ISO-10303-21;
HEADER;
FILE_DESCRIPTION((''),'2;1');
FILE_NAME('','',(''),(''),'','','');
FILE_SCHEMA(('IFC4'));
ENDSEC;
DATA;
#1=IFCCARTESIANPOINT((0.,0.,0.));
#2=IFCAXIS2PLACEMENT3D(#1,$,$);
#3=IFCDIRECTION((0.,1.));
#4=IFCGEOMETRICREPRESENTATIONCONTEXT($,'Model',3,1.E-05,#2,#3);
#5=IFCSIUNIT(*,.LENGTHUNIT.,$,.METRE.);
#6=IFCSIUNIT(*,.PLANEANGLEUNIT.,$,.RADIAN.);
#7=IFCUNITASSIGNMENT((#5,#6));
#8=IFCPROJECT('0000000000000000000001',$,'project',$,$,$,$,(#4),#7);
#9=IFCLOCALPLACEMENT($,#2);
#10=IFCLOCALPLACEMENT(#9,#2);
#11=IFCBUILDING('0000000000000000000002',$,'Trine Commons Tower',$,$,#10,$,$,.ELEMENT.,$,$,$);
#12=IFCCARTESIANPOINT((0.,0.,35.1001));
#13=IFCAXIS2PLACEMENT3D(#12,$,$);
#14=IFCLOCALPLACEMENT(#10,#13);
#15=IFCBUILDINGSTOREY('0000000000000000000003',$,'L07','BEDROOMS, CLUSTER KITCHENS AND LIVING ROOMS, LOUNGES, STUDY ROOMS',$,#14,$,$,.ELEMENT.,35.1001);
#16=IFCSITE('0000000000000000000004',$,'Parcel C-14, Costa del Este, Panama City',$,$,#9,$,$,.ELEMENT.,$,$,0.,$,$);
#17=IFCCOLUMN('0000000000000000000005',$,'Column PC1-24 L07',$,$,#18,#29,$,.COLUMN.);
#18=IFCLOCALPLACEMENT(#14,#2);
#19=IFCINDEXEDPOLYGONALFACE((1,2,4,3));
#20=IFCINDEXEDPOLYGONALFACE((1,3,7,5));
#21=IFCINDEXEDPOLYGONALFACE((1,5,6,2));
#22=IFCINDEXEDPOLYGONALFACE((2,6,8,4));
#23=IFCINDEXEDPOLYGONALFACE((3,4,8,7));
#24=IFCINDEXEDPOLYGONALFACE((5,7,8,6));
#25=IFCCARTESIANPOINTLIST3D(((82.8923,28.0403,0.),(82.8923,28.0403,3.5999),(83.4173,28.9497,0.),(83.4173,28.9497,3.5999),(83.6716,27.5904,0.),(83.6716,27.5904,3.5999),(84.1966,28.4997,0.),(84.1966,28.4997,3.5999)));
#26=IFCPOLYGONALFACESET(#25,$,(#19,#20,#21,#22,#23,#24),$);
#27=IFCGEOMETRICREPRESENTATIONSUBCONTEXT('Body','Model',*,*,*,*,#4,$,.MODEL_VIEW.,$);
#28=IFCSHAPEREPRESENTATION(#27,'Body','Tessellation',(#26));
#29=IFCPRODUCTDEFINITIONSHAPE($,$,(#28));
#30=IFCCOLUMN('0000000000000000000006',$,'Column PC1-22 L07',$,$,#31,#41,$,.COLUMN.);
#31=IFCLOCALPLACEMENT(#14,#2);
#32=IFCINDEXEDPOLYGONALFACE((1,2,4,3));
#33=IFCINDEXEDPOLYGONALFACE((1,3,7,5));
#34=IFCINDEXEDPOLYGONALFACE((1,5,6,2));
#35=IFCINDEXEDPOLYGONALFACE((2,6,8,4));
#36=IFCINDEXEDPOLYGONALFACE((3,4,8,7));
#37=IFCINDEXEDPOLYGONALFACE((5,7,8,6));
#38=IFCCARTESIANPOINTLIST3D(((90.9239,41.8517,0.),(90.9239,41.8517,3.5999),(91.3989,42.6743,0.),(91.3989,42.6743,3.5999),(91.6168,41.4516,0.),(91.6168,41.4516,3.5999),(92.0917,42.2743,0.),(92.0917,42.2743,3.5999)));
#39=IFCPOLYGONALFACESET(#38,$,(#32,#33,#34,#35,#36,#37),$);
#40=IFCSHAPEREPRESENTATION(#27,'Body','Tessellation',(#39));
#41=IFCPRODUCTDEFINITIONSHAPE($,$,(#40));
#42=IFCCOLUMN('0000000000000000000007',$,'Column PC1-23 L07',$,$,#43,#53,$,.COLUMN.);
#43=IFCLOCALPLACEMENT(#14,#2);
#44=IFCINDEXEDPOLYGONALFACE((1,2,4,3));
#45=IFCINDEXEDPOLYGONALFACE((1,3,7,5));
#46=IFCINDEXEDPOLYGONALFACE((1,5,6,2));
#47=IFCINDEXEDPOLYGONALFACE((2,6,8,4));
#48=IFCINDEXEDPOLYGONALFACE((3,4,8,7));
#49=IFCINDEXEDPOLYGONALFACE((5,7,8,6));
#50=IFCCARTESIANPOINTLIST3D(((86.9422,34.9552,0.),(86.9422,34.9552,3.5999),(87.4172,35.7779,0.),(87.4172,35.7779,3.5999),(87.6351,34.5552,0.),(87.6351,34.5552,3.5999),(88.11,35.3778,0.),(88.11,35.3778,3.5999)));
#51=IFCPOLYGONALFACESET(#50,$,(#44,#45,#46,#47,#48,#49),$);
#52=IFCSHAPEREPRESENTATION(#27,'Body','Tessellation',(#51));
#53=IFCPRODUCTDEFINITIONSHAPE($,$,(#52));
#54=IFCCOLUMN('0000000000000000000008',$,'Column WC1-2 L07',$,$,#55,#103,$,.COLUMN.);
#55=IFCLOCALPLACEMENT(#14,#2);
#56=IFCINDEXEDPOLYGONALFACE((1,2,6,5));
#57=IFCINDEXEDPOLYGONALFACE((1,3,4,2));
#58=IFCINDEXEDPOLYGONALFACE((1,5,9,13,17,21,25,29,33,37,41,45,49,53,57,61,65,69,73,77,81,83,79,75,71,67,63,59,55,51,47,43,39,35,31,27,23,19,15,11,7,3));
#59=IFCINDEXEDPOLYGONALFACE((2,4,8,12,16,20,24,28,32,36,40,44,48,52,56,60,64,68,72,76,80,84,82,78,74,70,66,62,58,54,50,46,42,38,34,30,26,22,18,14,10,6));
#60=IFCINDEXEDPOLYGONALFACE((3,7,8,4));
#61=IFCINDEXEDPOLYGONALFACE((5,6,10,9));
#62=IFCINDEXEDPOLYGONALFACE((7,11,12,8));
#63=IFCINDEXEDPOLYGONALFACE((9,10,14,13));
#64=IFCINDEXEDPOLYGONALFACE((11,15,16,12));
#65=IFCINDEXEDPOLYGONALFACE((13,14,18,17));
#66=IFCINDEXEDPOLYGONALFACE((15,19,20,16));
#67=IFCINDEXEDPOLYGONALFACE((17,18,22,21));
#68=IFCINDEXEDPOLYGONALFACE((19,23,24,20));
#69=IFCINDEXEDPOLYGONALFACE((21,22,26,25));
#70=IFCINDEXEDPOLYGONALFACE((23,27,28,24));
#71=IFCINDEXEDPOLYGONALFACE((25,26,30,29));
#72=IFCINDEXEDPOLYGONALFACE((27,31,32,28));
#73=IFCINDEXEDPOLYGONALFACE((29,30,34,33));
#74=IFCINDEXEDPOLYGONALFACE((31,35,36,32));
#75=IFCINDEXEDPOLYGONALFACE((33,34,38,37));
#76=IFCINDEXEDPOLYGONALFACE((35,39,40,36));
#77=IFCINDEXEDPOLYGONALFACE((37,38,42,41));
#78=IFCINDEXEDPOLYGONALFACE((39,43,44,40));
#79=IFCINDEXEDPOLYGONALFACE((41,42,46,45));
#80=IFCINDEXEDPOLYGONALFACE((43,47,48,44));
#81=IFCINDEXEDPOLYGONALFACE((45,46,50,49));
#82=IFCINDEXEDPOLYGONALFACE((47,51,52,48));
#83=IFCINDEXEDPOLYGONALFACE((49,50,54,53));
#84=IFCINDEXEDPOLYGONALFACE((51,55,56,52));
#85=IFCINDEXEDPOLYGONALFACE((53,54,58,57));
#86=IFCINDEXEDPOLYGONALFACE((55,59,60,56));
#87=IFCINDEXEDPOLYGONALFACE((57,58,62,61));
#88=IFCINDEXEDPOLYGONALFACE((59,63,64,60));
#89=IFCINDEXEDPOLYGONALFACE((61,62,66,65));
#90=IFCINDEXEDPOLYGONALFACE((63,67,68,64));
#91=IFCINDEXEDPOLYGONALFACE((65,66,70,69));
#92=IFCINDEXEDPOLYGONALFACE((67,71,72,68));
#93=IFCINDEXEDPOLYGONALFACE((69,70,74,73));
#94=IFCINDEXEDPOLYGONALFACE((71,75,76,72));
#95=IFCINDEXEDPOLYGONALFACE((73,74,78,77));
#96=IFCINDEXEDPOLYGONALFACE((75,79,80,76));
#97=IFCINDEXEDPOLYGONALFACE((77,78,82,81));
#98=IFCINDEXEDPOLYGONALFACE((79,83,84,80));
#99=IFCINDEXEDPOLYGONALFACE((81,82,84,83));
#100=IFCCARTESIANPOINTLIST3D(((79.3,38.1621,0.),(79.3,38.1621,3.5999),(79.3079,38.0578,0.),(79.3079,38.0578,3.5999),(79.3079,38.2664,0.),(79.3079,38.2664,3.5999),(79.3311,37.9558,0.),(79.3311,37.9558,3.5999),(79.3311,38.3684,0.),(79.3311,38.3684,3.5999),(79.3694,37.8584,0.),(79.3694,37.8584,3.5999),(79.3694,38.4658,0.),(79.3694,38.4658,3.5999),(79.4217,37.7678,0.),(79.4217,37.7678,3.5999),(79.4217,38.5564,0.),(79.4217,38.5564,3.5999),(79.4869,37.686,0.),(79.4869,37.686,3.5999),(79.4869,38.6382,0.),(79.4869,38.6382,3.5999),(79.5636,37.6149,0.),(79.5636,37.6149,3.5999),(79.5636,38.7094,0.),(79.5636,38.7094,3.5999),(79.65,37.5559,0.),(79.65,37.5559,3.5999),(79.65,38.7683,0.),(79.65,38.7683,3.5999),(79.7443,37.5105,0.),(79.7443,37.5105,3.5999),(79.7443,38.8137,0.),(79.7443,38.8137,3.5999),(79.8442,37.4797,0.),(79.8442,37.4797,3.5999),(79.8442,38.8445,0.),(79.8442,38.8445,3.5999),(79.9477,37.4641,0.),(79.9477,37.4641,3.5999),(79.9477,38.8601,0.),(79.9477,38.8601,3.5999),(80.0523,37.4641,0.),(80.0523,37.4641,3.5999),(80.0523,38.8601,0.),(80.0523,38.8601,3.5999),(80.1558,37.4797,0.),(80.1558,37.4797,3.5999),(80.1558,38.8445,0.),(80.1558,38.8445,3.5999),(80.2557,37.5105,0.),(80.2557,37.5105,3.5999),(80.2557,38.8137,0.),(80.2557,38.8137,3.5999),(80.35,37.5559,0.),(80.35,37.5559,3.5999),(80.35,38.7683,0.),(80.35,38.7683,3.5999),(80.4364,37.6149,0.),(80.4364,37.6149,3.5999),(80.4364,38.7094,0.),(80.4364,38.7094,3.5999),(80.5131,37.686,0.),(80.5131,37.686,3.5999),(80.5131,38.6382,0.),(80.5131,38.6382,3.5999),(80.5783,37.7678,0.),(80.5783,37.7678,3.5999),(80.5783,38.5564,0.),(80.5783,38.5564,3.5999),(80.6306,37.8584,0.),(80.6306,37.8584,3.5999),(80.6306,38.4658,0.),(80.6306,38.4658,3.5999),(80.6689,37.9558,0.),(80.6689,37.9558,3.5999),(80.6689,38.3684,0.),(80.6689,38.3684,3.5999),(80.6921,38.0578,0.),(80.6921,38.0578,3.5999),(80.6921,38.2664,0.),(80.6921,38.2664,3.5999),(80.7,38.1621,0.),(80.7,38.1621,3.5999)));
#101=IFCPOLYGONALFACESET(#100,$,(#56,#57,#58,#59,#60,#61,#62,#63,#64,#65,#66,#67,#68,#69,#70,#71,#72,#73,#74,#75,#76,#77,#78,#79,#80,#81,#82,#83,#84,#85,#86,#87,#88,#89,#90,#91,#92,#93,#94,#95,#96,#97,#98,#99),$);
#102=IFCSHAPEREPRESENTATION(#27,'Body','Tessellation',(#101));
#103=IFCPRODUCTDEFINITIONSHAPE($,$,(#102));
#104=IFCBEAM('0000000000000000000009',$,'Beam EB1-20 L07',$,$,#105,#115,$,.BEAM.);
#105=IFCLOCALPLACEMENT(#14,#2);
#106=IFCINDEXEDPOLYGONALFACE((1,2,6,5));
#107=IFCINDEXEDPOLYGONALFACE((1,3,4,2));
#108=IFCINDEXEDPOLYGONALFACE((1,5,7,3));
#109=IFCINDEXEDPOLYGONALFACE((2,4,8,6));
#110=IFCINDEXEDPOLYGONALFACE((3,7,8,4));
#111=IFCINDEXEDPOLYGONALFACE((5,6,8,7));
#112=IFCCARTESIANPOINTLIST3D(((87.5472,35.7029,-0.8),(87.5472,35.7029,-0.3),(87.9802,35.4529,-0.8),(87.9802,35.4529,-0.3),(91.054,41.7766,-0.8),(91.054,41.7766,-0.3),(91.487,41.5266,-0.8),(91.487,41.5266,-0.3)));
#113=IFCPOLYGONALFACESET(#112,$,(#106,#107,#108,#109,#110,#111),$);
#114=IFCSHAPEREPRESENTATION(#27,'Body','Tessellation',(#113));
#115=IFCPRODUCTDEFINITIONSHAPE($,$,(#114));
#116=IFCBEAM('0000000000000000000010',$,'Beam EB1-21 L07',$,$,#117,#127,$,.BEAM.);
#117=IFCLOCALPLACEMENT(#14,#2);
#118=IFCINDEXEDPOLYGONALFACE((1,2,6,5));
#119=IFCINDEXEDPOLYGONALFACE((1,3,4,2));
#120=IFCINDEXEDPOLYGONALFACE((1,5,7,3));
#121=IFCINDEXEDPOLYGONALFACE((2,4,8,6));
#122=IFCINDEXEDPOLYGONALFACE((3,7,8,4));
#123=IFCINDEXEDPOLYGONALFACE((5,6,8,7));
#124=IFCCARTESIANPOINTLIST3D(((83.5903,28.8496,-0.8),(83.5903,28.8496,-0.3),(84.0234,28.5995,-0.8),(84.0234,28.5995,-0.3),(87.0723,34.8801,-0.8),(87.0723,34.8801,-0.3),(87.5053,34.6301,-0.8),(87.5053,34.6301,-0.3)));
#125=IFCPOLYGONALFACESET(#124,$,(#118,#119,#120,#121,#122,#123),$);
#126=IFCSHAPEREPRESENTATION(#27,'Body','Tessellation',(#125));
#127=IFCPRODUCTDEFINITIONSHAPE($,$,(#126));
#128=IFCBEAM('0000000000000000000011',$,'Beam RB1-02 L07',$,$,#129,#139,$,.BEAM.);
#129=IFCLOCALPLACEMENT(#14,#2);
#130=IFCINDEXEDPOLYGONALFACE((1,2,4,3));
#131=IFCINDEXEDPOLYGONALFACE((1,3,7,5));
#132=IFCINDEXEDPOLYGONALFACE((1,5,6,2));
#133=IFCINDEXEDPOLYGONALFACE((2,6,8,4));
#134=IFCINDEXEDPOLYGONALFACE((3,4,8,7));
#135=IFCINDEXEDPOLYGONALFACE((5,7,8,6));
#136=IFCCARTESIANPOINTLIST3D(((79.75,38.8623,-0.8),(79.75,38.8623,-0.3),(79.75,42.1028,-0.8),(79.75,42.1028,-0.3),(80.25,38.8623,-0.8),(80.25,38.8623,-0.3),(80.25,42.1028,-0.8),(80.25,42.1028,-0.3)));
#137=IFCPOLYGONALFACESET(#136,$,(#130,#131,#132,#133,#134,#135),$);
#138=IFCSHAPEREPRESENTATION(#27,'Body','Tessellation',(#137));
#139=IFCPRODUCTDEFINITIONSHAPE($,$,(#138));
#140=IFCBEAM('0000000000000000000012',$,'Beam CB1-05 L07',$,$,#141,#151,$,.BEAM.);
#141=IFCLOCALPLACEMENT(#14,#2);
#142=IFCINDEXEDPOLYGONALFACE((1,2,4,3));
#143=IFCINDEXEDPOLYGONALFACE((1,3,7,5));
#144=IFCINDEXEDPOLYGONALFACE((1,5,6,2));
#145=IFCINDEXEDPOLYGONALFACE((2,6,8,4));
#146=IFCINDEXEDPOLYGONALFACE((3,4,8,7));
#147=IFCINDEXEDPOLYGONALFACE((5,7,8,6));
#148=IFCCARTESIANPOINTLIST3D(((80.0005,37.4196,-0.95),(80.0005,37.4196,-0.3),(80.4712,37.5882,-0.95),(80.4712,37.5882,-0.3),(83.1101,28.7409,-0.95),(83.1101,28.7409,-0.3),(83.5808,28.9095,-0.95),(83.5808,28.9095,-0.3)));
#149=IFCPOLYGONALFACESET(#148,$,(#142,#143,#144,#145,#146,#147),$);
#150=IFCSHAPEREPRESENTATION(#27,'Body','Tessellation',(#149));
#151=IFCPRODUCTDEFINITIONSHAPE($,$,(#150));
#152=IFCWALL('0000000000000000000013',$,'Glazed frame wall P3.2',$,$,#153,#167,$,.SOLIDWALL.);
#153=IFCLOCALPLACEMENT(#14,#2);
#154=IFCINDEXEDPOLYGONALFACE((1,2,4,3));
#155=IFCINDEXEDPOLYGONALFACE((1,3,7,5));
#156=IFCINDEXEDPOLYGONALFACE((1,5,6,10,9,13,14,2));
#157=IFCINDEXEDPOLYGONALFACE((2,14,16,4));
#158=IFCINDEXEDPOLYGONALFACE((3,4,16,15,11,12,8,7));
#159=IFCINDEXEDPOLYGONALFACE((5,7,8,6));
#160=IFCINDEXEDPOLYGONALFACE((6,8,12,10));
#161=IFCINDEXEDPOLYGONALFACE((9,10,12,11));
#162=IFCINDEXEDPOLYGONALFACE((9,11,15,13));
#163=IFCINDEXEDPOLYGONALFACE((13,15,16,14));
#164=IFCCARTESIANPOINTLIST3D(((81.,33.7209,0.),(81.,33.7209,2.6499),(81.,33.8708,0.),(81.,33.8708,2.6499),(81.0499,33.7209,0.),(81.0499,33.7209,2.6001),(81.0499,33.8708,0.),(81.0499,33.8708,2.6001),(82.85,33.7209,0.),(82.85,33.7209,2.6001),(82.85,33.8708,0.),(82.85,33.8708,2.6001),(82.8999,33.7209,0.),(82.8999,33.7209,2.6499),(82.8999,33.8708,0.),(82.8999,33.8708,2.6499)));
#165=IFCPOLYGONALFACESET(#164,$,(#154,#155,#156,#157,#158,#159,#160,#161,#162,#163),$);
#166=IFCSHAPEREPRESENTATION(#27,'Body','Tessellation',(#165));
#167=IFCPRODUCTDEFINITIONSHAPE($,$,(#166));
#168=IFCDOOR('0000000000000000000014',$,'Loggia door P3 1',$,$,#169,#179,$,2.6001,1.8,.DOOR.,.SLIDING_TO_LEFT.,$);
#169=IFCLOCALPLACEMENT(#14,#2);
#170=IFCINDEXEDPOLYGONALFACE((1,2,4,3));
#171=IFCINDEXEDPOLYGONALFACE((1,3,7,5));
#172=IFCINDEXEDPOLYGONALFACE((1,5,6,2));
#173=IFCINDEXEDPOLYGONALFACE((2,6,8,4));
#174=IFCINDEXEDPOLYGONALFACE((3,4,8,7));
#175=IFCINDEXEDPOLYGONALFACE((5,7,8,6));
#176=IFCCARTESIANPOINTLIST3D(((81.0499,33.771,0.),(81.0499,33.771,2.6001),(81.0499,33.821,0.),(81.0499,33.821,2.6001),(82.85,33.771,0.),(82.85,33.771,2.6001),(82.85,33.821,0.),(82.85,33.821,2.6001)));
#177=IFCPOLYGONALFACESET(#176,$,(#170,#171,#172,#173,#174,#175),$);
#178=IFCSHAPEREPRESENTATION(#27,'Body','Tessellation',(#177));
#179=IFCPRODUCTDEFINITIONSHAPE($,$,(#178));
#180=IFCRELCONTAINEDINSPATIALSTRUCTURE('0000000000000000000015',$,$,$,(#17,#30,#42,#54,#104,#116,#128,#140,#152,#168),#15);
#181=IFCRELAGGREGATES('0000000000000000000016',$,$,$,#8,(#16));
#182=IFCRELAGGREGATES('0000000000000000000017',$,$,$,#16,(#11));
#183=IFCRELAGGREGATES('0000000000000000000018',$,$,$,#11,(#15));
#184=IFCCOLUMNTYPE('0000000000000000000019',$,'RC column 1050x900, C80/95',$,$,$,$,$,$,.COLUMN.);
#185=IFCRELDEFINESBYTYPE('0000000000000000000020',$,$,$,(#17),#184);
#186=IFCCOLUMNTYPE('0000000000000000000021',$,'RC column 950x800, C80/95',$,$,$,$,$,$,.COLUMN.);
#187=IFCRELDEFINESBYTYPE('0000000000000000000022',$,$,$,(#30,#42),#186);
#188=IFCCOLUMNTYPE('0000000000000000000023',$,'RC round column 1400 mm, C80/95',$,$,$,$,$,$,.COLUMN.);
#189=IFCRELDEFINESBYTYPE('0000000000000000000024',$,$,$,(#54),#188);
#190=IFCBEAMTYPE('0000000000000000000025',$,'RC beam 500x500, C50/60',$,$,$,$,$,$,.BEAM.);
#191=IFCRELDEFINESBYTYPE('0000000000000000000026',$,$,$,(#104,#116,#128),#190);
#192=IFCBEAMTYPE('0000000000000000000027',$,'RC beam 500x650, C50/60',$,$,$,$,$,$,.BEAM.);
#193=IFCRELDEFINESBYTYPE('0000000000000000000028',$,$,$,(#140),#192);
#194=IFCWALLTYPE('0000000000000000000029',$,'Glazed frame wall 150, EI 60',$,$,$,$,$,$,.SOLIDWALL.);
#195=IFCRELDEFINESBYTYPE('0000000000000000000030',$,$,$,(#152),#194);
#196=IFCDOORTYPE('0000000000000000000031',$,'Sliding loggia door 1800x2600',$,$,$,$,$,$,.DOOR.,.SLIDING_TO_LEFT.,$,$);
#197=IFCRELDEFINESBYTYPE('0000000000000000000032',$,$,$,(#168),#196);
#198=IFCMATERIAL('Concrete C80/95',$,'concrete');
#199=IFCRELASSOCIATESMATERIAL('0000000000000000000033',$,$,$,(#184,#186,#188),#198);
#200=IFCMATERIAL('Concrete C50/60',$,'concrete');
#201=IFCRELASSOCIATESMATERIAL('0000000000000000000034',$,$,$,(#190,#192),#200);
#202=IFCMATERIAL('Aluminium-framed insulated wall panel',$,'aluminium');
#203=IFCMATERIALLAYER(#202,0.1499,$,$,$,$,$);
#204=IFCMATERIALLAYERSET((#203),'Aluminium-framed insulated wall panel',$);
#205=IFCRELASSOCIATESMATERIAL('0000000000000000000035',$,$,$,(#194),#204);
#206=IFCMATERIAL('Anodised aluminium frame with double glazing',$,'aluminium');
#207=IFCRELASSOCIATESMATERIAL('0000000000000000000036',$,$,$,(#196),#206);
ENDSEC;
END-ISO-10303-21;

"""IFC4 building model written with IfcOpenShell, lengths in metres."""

from ifc_helpers import new_model, si_unit, direction, frame, frame_2d, origin, origin_2d, place, context, subcontext, project, spatial, polyline, rectangle, circle, outline, extrude, material, layer, layer_set, material_profile, profile_set, type_object, element, fill, save


model = new_model("IFC4")

# Units and contexts
model_context = context("Model", 3, precision=1e-05, world=origin(), true_north=direction((0.0, 1.0)))
body_context = subcontext(model_context, "Body", "Model", "MODEL_VIEW")
ifc_project = project(units=[si_unit("LENGTHUNIT", "METRE"), si_unit("PLANEANGLEUNIT", "RADIAN")], contexts=[model_context])

# Site, building, storey
site_placement = place(None, origin())
site = spatial("IfcSite", under=ifc_project, at=site_placement, Name="Parcel C-14, Costa del Este, Panama City", CompositionType="ELEMENT", RefElevation=0.0)
building_placement = place(site_placement, origin())
building = spatial("IfcBuilding", under=site, at=building_placement, Name="Trine Commons Tower", CompositionType="ELEMENT")
storey_placement = place(building_placement, frame((0.0, 0.0, 35.1001)))
storey = spatial("IfcBuildingStorey", under=building, at=storey_placement, Name="L07", Description="BEDROOMS, CLUSTER KITCHENS AND LIVING ROOMS, LOUNGES, STUDY ROOMS", CompositionType="ELEMENT", Elevation=35.1001)

# Columns
ifc_material_1 = material(Name="Concrete C80/95", Category="concrete")
ifc_material_profile_1 = material_profile(ifc_material_1, rectangle(XDim=1.05, YDim=0.8999, at=origin_2d()), Name="RC 1050x900")
ifc_profile_set_1 = profile_set([ifc_material_profile_1], Name="Concrete C80/95")
column_type_1 = type_object("IfcColumnType", Name="RC column 1050x900, C80/95", PredefinedType="COLUMN", material=ifc_profile_set_1)
column_1_placement = place(storey_placement, frame((83.5444, 28.27, 0.0), z_axis=(0.0, 0.0, 1.0), x_axis=(0.5, 0.866025, 0.0)))
element("IfcColumn", 1, at=column_1_placement, inside=storey, type_object=column_type_1, Name="Column PC1-24 L07", PredefinedType="COLUMN", context=body_context, shape_type="SweptSolid", body=[
    extrude(rectangle(XDim=1.05, YDim=0.8999, at=origin_2d()), origin(), (0.0, 0.0, 1.0), 3.5999),
])
ifc_material_profile_2 = material_profile(ifc_material_1, rectangle(XDim=0.95, YDim=0.8, at=origin_2d()), Name="RC 950x800")
ifc_profile_set_2 = profile_set([ifc_material_profile_2], Name="Concrete C80/95")
column_type_2 = type_object("IfcColumnType", Name="RC column 950x800, C80/95", PredefinedType="COLUMN", material=ifc_profile_set_2)
for number, where, z_axis, x_axis, name in (
    (2, (91.5078, 42.063, 0.0), (0.0, 0.0, 1.0), (0.5, 0.866025, 0.0), "Column PC1-22 L07"),
    (3, (87.5261, 35.1665, 0.0), (0.0, 0.0, 1.0), (0.5, 0.866025, 0.0), "Column PC1-23 L07"),
):
    element("IfcColumn", number, at=place(storey_placement, frame(where, z_axis=z_axis, x_axis=x_axis)), inside=storey, type_object=column_type_2, Name=name, PredefinedType="COLUMN", context=body_context, shape_type="SweptSolid", body=[
        extrude(rectangle(XDim=0.95, YDim=0.8, at=origin_2d()), origin(), (0.0, 0.0, 1.0), 3.5999),
    ])
ifc_material_profile_3 = material_profile(ifc_material_1, circle(Radius=0.7, at=origin_2d()), Name="RC round 1400")
ifc_profile_set_3 = profile_set([ifc_material_profile_3], Name="Concrete C80/95")
column_type_3 = type_object("IfcColumnType", Name="RC round column 1400 mm, C80/95", PredefinedType="COLUMN", material=ifc_profile_set_3)
column_2_placement = place(storey_placement, frame((80.0, 38.1621, 0.0), z_axis=(0.0, 0.0, 1.0), x_axis=(1.0, 0.0, 0.0)))
element("IfcColumn", 4, at=column_2_placement, inside=storey, type_object=column_type_3, Name="Column WC1-2 L07", PredefinedType="COLUMN", context=body_context, shape_type="SweptSolid", body=[
    extrude(circle(Radius=0.7, at=origin_2d()), origin(), (0.0, 0.0, 1.0), 3.5999),
])

# Beams
ifc_material_2 = material(Name="Concrete C50/60", Category="concrete")
ifc_material_profile_4 = material_profile(ifc_material_2, rectangle(XDim=0.5, YDim=0.5, at=origin_2d()), Name="RC 500x500")
ifc_profile_set_4 = profile_set([ifc_material_profile_4], Name="Concrete C50/60")
beam_type_1 = type_object("IfcBeamType", Name="RC beam 500x500, C50/60", PredefinedType="BEAM", material=ifc_profile_set_4)
beam_1_placement = place(storey_placement, frame((91.2705, 41.6516, -0.55), z_axis=(-0.500018, -0.866015, 0.0), x_axis=(0.866015, -0.500018, 0.0)))
element("IfcBeam", 5, at=beam_1_placement, inside=storey, type_object=beam_type_1, Name="Beam EB1-20 L07", PredefinedType="BEAM", context=body_context, shape_type="SweptSolid", body=[
    extrude(rectangle(XDim=0.5, YDim=0.5, at=origin_2d()), origin(), (0.0, 0.0, 1.0), 7.0134),
])
beam_2_placement = place(storey_placement, frame((87.2888, 34.7551, -0.55), z_axis=(-0.500023, -0.866012, 0.0), x_axis=(0.866012, -0.500023, 0.0)))
element("IfcBeam", 6, at=beam_2_placement, inside=storey, type_object=beam_type_1, Name="Beam EB1-21 L07", PredefinedType="BEAM", context=body_context, shape_type="SweptSolid", body=[
    extrude(rectangle(XDim=0.5, YDim=0.5, at=origin_2d()), origin(), (0.0, 0.0, 1.0), 6.9636),
])
beam_3_placement = place(storey_placement, frame((80.0, 42.1028, -0.55), z_axis=(0.0, -1.0, 0.0), x_axis=(1.0, 0.0, 0.0)))
element("IfcBeam", 7, at=beam_3_placement, inside=storey, type_object=beam_type_1, Name="Beam RB1-02 L07", PredefinedType="BEAM", context=body_context, shape_type="SweptSolid", body=[
    extrude(rectangle(XDim=0.5, YDim=0.5, at=origin_2d()), origin(), (0.0, 0.0, 1.0), 3.2405),
])
ifc_material_profile_5 = material_profile(ifc_material_2, rectangle(XDim=0.5, YDim=0.6499, at=origin_2d()), Name="RC 500x650")
ifc_profile_set_5 = profile_set([ifc_material_profile_5], Name="Concrete C50/60")
beam_type_2 = type_object("IfcBeamType", Name="RC beam 500x650, C50/60", PredefinedType="BEAM", material=ifc_profile_set_5)
beam_4_placement = place(storey_placement, frame((83.3455, 28.8252, -0.625), z_axis=(-0.337306, 0.941395, 0.0), x_axis=(-0.941395, -0.337306, 0.0)))
element("IfcBeam", 8, at=beam_4_placement, inside=storey, type_object=beam_type_2, Name="Beam CB1-05 L07", PredefinedType="BEAM", context=body_context, shape_type="SweptSolid", body=[
    extrude(rectangle(XDim=0.5, YDim=0.6499, at=origin_2d()), origin(), (0.0, 0.0, 1.0), 9.219),
])

# Shared definitions
ifc_material_3 = material(Name="Aluminium-framed insulated wall panel", Category="aluminium")
ifc_layer_1 = layer(ifc_material_3, 0.1499)
ifc_layer_set_1 = layer_set([ifc_layer_1], Name="Aluminium-framed insulated wall panel")
wall_type_1 = type_object("IfcWallType", Name="Glazed frame wall 150, EI 60", PredefinedType="SOLIDWALL", material=ifc_layer_set_1)

# Wall, opening, door
wall_1_placement = place(storey_placement, frame((82.8999, 33.7959, 0.0), z_axis=(0.0, 0.0, 1.0), x_axis=(-1.0, 0.0, 0.0)))
wall_1 = element("IfcWall", 9, at=wall_1_placement, inside=storey, type_object=wall_type_1, Name="Glazed frame wall P3.2", PredefinedType="SOLIDWALL", context=body_context, shape_type="SweptSolid", body=[
    extrude(outline(polyline([(0.0, -0.075), (1.8999, -0.075), (1.8999, 0.075), (0.0, 0.075), (0.0, -0.075)])), origin(), (0.0, 0.0, 1.0), 2.6499),
])
opening_1_placement = place(wall_1_placement, frame((0.05, 0.0, 0.0)))
opening_1 = element("IfcOpeningElement", 10, at=opening_1_placement, cuts=wall_1, PredefinedType="OPENING", context=body_context, shape_type="SweptSolid", body=[
    extrude(rectangle(XDim=1.8, YDim=2.6001, at=frame_2d((0.8999, 1.3))), frame((0.0, 0.085, 0.0), z_axis=(0.0, -1.0, 0.0), x_axis=(1.0, 0.0, 0.0)), (0.0, 0.0, 1.0), 0.1699),
])
ifc_material_4 = material(Name="Anodised aluminium frame with double glazing", Category="aluminium")
door_type_1 = type_object("IfcDoorType", Name="Sliding loggia door 1800x2600", OperationType="SLIDING_TO_LEFT", PredefinedType="DOOR", material=ifc_material_4)
door_1_placement = place(opening_1_placement, origin())
door_1 = element("IfcDoor", 11, at=door_1_placement, inside=storey, type_object=door_type_1, Name="Loggia door P3 1", OperationType="SLIDING_TO_LEFT", OverallHeight=2.6001, OverallWidth=1.8, PredefinedType="DOOR", context=body_context, shape_type="SweptSolid", body=[
    extrude(rectangle(XDim=1.8, YDim=2.6001, at=frame_2d((0.8999, 1.3))), frame((0.0, 0.0249, 0.0), z_axis=(0.0, -1.0, 0.0), x_axis=(1.0, 0.0, 0.0)), (0.0, 0.0, 1.0), 0.05),
])
fill(opening_1, door_1)

save(model, "model.ifc")
